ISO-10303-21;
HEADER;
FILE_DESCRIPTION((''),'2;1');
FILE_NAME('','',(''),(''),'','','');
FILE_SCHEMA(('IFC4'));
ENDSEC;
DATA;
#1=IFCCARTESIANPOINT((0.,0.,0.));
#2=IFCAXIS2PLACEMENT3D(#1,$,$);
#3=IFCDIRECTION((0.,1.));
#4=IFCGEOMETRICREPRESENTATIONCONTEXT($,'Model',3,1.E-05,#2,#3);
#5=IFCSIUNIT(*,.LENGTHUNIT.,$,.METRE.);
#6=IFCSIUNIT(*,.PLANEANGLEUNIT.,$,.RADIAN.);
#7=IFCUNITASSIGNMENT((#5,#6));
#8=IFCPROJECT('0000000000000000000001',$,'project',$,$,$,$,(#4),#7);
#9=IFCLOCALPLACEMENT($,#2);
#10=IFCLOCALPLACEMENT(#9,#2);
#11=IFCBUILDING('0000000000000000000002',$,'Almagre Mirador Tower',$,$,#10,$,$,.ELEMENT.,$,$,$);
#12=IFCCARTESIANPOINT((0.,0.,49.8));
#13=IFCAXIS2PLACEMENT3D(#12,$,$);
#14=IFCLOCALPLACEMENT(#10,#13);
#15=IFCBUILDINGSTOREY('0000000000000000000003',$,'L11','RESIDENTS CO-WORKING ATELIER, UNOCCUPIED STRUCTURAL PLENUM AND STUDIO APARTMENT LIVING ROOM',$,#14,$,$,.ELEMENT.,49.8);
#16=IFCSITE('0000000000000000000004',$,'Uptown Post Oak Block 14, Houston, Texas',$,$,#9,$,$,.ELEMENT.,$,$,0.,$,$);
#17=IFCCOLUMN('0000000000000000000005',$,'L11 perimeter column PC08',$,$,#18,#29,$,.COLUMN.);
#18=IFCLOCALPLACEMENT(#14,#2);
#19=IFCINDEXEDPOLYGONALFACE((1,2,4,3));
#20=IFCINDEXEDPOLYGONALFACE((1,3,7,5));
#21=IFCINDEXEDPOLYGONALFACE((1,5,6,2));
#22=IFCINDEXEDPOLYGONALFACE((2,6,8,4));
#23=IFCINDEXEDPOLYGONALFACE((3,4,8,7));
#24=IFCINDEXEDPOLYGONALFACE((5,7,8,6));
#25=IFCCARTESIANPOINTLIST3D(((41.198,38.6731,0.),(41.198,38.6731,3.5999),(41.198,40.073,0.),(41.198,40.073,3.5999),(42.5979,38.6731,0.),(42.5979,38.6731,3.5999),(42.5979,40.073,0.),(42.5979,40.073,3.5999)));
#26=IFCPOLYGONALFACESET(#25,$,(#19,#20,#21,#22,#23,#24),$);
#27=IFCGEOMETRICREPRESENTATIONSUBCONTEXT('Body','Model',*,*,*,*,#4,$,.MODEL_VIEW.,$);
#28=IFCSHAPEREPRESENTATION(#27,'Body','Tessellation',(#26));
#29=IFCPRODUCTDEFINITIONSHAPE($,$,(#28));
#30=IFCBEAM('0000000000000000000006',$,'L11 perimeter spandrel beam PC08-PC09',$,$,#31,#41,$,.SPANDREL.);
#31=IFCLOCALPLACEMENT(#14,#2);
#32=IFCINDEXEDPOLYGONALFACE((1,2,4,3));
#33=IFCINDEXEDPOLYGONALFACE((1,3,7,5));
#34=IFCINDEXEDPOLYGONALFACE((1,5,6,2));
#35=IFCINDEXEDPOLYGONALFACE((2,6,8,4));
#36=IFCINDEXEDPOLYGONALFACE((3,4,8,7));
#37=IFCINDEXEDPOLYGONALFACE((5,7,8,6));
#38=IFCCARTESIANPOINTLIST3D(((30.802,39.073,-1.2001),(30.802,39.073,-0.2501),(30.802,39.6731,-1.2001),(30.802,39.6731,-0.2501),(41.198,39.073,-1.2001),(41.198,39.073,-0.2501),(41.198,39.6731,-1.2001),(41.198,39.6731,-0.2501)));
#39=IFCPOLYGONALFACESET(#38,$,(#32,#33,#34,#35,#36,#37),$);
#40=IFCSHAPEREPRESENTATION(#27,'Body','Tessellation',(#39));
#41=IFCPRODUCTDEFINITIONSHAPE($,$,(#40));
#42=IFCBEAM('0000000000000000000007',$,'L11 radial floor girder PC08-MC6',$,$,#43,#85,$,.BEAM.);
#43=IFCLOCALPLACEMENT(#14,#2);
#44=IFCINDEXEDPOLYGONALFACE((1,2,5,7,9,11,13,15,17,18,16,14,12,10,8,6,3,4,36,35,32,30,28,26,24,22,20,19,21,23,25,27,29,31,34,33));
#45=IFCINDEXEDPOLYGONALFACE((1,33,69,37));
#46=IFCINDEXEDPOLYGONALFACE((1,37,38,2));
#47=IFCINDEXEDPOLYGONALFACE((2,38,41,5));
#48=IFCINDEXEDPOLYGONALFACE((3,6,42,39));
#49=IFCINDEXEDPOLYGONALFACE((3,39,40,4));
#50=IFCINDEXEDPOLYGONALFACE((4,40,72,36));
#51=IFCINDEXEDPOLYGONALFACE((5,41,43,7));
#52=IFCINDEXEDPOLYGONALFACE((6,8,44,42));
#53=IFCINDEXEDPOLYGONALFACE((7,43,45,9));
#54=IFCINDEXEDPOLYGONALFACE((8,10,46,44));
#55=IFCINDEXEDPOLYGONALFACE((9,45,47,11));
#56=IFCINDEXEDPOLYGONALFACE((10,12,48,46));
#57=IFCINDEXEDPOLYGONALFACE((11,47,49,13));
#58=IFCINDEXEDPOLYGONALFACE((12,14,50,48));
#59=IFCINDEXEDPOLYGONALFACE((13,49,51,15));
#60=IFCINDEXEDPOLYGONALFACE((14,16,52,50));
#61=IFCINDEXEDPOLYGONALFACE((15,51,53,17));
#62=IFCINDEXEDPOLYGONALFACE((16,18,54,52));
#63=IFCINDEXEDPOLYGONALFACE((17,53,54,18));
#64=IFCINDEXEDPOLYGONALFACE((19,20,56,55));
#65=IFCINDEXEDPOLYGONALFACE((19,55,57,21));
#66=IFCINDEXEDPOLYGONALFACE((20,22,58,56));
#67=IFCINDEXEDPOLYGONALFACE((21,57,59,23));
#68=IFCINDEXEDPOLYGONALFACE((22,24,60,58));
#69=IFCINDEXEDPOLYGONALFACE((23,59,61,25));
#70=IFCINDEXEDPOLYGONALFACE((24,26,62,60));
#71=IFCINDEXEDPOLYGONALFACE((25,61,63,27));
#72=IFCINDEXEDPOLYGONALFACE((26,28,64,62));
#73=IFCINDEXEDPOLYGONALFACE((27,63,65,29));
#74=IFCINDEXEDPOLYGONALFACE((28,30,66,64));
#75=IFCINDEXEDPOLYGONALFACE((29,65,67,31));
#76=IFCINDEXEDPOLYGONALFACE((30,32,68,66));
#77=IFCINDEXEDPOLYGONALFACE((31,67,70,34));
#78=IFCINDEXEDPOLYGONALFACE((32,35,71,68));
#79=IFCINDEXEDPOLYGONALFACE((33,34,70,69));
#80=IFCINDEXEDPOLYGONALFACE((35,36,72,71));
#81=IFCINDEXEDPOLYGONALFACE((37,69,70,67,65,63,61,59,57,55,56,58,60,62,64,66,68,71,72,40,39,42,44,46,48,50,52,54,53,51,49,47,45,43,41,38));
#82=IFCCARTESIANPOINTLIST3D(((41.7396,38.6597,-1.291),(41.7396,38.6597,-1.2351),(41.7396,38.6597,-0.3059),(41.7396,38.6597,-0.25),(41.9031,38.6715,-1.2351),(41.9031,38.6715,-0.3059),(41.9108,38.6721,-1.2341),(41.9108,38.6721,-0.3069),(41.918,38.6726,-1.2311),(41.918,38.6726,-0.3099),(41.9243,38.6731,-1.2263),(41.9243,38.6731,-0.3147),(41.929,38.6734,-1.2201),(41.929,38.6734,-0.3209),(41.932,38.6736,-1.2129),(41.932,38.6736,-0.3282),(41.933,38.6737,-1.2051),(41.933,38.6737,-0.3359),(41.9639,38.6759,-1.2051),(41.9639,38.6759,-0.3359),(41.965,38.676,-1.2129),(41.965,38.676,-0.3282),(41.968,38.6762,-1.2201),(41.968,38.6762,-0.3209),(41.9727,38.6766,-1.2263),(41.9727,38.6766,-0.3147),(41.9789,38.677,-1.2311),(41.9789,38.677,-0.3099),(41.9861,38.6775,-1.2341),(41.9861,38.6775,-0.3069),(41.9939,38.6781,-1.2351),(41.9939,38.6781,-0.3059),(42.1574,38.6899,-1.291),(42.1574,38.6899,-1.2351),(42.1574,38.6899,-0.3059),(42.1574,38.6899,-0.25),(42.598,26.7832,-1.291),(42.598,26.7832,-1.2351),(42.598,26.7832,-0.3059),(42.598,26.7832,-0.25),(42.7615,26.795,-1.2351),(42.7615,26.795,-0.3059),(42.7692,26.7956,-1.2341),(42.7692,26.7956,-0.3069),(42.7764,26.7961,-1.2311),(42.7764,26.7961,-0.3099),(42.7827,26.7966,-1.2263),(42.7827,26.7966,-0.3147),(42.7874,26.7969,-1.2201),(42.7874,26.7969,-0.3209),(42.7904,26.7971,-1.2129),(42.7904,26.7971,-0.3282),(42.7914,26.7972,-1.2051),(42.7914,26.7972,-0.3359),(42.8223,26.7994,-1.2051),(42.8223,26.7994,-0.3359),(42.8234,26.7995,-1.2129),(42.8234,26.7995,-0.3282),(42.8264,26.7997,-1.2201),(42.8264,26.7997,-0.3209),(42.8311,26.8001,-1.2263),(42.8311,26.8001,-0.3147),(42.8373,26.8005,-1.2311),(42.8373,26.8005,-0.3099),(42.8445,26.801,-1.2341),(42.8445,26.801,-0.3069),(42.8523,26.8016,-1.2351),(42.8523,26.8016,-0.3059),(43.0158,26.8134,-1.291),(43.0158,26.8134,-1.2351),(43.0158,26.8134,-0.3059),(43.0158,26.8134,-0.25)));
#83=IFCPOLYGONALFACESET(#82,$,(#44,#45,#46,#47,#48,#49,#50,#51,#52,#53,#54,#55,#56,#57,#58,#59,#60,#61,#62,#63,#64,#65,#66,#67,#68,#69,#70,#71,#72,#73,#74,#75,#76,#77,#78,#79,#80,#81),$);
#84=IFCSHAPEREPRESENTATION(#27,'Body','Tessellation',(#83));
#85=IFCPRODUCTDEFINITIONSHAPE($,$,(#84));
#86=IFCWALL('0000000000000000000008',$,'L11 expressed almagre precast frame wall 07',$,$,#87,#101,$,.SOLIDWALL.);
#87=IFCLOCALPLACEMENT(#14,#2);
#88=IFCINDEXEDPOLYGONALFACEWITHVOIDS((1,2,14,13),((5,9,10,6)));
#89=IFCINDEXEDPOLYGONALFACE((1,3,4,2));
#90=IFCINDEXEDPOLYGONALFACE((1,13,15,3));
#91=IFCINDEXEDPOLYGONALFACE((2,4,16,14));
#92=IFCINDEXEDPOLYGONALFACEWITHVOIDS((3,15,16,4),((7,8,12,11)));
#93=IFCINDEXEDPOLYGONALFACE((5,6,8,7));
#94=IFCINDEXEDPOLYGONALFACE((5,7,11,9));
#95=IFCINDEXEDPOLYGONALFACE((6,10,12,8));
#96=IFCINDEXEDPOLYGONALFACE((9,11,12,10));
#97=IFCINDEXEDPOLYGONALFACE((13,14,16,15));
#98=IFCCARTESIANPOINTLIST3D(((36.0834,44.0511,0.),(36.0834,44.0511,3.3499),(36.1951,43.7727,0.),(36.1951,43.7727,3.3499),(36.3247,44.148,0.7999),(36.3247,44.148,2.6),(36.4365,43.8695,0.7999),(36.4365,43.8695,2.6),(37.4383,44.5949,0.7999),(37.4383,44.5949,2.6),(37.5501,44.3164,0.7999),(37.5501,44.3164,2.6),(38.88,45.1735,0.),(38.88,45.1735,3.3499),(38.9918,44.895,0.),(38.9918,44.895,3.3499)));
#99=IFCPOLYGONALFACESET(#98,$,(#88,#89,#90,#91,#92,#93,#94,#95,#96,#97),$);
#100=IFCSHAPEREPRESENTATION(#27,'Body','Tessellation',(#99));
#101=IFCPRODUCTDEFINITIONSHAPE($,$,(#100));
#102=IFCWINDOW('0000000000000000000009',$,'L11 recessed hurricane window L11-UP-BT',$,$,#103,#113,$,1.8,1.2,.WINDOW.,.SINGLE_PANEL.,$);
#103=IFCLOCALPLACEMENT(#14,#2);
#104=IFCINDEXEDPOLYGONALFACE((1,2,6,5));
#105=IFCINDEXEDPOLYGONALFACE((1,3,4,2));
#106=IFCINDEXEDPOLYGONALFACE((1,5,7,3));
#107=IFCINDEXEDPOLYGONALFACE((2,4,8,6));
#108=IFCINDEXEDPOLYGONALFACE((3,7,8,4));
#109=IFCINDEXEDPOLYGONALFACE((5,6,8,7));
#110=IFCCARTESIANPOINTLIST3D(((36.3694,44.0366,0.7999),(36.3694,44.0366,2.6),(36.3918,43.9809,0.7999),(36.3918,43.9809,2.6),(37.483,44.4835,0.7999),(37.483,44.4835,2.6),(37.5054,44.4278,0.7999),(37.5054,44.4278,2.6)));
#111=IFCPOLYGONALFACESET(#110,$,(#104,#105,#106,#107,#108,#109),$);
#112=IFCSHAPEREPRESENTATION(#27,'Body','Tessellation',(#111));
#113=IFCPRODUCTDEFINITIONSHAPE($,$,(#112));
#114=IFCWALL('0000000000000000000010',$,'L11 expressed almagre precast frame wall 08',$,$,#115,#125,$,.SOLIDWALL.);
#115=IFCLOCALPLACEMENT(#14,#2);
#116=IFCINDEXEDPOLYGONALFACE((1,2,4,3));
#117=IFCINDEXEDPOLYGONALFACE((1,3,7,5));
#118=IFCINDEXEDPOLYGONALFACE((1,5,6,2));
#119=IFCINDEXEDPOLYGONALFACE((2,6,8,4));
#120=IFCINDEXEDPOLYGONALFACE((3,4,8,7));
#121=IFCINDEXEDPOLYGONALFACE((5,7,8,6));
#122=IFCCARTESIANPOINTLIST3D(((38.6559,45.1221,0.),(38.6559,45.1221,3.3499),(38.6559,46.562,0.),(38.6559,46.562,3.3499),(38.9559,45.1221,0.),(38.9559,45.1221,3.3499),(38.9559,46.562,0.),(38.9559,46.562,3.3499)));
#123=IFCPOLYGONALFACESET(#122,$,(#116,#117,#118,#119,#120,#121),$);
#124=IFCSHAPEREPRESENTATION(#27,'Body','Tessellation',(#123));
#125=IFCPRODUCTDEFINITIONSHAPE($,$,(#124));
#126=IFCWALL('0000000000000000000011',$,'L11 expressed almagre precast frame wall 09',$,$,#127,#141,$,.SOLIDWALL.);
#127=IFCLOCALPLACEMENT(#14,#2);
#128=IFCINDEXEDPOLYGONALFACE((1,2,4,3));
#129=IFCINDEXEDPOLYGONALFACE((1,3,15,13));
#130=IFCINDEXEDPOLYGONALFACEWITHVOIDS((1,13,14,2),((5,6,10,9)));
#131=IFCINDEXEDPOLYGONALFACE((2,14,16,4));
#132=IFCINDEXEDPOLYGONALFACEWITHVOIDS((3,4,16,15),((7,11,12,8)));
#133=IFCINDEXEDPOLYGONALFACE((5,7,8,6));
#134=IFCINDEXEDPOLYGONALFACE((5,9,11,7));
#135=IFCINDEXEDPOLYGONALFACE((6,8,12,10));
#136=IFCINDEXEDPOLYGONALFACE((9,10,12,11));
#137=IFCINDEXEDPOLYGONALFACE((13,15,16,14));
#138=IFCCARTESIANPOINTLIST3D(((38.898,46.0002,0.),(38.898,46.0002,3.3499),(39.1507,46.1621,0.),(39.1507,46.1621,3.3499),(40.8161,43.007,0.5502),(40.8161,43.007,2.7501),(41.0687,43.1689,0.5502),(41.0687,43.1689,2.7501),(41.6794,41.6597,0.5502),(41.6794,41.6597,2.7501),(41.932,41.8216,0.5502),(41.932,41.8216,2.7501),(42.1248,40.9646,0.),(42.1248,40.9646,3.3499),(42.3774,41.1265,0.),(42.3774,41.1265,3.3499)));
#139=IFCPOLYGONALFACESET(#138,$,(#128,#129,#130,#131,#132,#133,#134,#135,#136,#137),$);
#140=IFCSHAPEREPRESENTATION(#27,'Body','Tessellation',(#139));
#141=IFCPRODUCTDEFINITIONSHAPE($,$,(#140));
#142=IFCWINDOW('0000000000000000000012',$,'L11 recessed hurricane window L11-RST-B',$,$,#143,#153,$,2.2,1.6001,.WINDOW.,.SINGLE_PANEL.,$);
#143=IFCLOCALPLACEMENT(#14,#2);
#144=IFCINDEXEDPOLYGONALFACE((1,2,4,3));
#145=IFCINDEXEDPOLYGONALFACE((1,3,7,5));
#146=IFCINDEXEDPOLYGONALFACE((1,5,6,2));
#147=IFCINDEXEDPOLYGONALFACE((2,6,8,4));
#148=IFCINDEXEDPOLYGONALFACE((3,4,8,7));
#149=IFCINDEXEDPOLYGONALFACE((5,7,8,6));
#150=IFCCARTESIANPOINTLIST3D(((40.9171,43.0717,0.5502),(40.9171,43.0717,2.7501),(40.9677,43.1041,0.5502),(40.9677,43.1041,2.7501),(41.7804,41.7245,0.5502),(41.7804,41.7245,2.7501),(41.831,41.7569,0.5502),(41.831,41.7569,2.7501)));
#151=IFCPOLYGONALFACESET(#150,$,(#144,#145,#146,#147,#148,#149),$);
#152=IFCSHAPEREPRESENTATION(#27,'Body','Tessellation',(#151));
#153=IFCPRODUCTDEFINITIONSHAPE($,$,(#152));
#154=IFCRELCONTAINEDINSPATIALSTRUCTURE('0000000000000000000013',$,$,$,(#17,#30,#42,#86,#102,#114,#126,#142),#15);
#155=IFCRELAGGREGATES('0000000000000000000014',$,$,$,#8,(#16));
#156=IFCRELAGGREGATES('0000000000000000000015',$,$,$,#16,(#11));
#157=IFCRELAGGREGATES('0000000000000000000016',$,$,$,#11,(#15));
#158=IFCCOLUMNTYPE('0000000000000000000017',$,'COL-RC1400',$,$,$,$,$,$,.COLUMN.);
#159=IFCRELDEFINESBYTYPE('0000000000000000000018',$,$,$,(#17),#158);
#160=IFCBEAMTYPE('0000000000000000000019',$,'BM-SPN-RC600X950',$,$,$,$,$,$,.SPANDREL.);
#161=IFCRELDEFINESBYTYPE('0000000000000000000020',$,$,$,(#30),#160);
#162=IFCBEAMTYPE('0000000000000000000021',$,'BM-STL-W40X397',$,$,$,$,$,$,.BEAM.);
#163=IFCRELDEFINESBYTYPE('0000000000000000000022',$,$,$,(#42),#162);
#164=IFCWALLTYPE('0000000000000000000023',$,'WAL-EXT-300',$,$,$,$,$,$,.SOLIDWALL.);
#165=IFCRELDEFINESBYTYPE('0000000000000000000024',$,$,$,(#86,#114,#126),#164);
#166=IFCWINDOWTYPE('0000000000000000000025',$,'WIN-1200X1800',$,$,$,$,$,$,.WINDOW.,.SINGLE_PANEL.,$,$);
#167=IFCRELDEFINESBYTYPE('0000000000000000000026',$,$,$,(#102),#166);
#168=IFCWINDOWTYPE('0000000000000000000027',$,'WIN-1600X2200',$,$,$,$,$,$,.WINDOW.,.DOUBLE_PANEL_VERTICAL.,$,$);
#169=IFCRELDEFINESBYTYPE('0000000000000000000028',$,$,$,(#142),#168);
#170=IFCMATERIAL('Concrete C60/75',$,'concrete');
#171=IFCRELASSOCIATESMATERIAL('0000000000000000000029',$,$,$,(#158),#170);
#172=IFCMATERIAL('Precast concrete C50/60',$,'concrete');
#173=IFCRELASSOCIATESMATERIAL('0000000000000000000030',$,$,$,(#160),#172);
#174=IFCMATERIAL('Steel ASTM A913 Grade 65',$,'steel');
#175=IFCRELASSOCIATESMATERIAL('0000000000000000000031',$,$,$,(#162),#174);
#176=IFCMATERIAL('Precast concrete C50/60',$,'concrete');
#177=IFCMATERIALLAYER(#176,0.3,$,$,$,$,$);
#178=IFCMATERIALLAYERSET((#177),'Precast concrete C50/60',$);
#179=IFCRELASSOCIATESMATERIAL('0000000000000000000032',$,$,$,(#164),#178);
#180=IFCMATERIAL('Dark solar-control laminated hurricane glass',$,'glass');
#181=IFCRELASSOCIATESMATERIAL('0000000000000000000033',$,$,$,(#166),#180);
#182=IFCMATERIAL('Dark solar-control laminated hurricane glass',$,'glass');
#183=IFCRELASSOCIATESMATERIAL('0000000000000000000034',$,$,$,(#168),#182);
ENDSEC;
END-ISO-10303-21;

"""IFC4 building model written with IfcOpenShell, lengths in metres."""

from ifc_helpers import new_model, si_unit, direction, frame, frame_2d, origin, origin_2d, place, context, subcontext, project, spatial, rectangle, i_section, extrude, material, layer, layer_set, material_profile, profile_set, type_object, element, fill, save


model = new_model("IFC4")

# Units and contexts
model_context = context("Model", 3, precision=1e-05, world=origin(), true_north=direction((0.0, 1.0)))
body_context = subcontext(model_context, "Body", "Model", "MODEL_VIEW")
ifc_project = project(units=[si_unit("LENGTHUNIT", "METRE"), si_unit("PLANEANGLEUNIT", "RADIAN")], contexts=[model_context])

# Site, building, storey
site_placement = place(None, origin())
site = spatial("IfcSite", under=ifc_project, at=site_placement, Name="Uptown Post Oak Block 14, Houston, Texas", CompositionType="ELEMENT", RefElevation=0.0)
building_placement = place(site_placement, origin())
building = spatial("IfcBuilding", under=site, at=building_placement, Name="Almagre Mirador Tower", CompositionType="ELEMENT")
storey_placement = place(building_placement, frame((0.0, 0.0, 49.8)))
storey = spatial("IfcBuildingStorey", under=building, at=storey_placement, Name="L11", Description="RESIDENTS CO-WORKING ATELIER, UNOCCUPIED STRUCTURAL PLENUM AND STUDIO APARTMENT LIVING ROOM", CompositionType="ELEMENT", Elevation=49.8)

# Column
ifc_material_1 = material(Name="Concrete C60/75", Category="concrete")
ifc_material_profile_1 = material_profile(ifc_material_1, rectangle(XDim=1.3999, YDim=1.3999, at=origin_2d()), Name="RC1400X1400")
ifc_profile_set_1 = profile_set([ifc_material_profile_1], Name="Concrete C60/75")
column_type = type_object("IfcColumnType", Name="COL-RC1400", PredefinedType="COLUMN", material=ifc_profile_set_1)
column_placement = place(storey_placement, frame((41.8979, 39.373, 0.0), z_axis=(0.0, 0.0, 1.0), x_axis=(1.0, 0.0, 0.0)))
element("IfcColumn", 1, at=column_placement, inside=storey, type_object=column_type, Name="L11 perimeter column PC08", PredefinedType="COLUMN", context=body_context, shape_type="SweptSolid", body=[
    extrude(rectangle(XDim=1.3999, YDim=1.3999, at=origin_2d()), origin(), (0.0, 0.0, 1.0), 3.5999),
])

# Beams
ifc_material_2 = material(Name="Precast concrete C50/60", Category="concrete")
ifc_material_profile_2 = material_profile(ifc_material_2, rectangle(XDim=0.6001, YDim=0.95, at=origin_2d()), Name="RC600X950")
ifc_profile_set_2 = profile_set([ifc_material_profile_2], Name="Precast concrete C50/60")
beam_type_1 = type_object("IfcBeamType", Name="BM-SPN-RC600X950", PredefinedType="SPANDREL", material=ifc_profile_set_2)
beam_1_placement = place(storey_placement, frame((41.198, 39.373, -0.7251), z_axis=(-1.0, 0.0, 0.0), x_axis=(0.0, -1.0, 0.0)))
element("IfcBeam", 2, at=beam_1_placement, inside=storey, type_object=beam_type_1, Name="L11 perimeter spandrel beam PC08-PC09", PredefinedType="SPANDREL", context=body_context, shape_type="SweptSolid", body=[
    extrude(rectangle(XDim=0.6001, YDim=0.95, at=origin_2d()), origin(), (0.0, 0.0, 1.0), 10.396),
])
ifc_material_3 = material(Name="Steel ASTM A913 Grade 65", Category="steel")
ifc_material_profile_3 = material_profile(ifc_material_3, i_section(OverallWidth=0.4189, OverallDepth=1.041, WebThickness=0.031, FlangeThickness=0.0559, FilletRadius=0.03, at=origin_2d()), Name="W40X397")
ifc_profile_set_3 = profile_set([ifc_material_profile_3], Name="Steel ASTM A913 Grade 65")
beam_type_2 = type_object("IfcBeamType", Name="BM-STL-W40X397", PredefinedType="BEAM", material=ifc_profile_set_3)
beam_2_placement = place(storey_placement, frame((41.9485, 38.6748, -0.7705), z_axis=(0.072089, -0.997398, 0.0), x_axis=(0.997398, 0.072089, 0.0)))
element("IfcBeam", 3, at=beam_2_placement, inside=storey, type_object=beam_type_2, Name="L11 radial floor girder PC08-MC6", PredefinedType="BEAM", context=body_context, shape_type="SweptSolid", body=[
    extrude(i_section(OverallWidth=0.4189, OverallDepth=1.041, WebThickness=0.031, FlangeThickness=0.0559, FilletRadius=0.03, at=origin_2d()), origin(), (0.0, 0.0, 1.0), 11.9075),
])

# Wall, opening, window
ifc_material_4 = material(Name="Precast concrete C50/60", Category="concrete")
ifc_layer_1 = layer(ifc_material_4, 0.3)
ifc_layer_set_1 = layer_set([ifc_layer_1], Name="Precast concrete C50/60")
wall_type_1 = type_object("IfcWallType", Name="WAL-EXT-300", PredefinedType="SOLIDWALL", material=ifc_layer_set_1)
wall_1_placement = place(storey_placement, frame((36.1392, 43.9119, 0.0), z_axis=(0.0, 0.0, 1.0), x_axis=(0.928057, 0.372438, 0.0)))
wall_1 = element("IfcWall", 4, at=wall_1_placement, inside=storey, type_object=wall_type_1, Name="L11 expressed almagre precast frame wall 07", PredefinedType="SOLIDWALL", context=body_context, shape_type="SweptSolid", body=[
    extrude(rectangle(XDim=3.0134, YDim=0.3, at=frame_2d((1.5068, 0.0))), origin(), (0.0, 0.0, 1.0), 3.3499),
])
opening_1_placement = place(wall_1_placement, frame((0.26, 0.0, 0.8)))
opening_1 = element("IfcOpeningElement", 5, at=opening_1_placement, cuts=wall_1, PredefinedType="OPENING", context=body_context, shape_type="SweptSolid", body=[
    extrude(rectangle(XDim=1.2, YDim=1.8, at=frame_2d((0.6001, 0.8999))), frame((0.0, 0.1599, 0.0), z_axis=(0.0, -1.0, 0.0), x_axis=(1.0, 0.0, 0.0)), (0.0, 0.0, 1.0), 0.32),
])
ifc_material_5 = material(Name="Dark solar-control laminated hurricane glass", Category="glass")
window_type_1 = type_object("IfcWindowType", Name="WIN-1200X1800", PartitioningType="SINGLE_PANEL", PredefinedType="WINDOW", material=ifc_material_5)
window_1_placement = place(opening_1_placement, origin())
window_1 = element("IfcWindow", 6, at=window_1_placement, inside=storey, type_object=window_type_1, Name="L11 recessed hurricane window L11-UP-BT", OverallHeight=1.8, OverallWidth=1.2, PartitioningType="SINGLE_PANEL", PredefinedType="WINDOW", context=body_context, shape_type="SweptSolid", body=[
    extrude(rectangle(XDim=1.2, YDim=1.8, at=frame_2d((0.6001, 0.8999))), frame((0.0, 0.03, 0.0), z_axis=(0.0, -1.0, 0.0), x_axis=(1.0, 0.0, 0.0)), (0.0, 0.0, 1.0), 0.0601),
])
fill(opening_1, window_1)

# Wall
wall_2_placement = place(storey_placement, frame((38.8059, 45.1221, 0.0), z_axis=(0.0, 0.0, 1.0), x_axis=(0.0, 1.0, 0.0)))
element("IfcWall", 7, at=wall_2_placement, inside=storey, type_object=wall_type_1, Name="L11 expressed almagre precast frame wall 08", PredefinedType="SOLIDWALL", context=body_context, shape_type="SweptSolid", body=[
    extrude(rectangle(XDim=1.4399, YDim=0.3, at=frame_2d((0.72, 0.0))), origin(), (0.0, 0.0, 1.0), 3.3499),
])

# Wall, opening, window
wall_3_placement = place(storey_placement, frame((39.0244, 46.0811, 0.0), z_axis=(0.0, 0.0, 1.0), x_axis=(0.539527, -0.841968, 0.0)))
wall_3 = element("IfcWall", 8, at=wall_3_placement, inside=storey, type_object=wall_type_1, Name="L11 expressed almagre precast frame wall 09", PredefinedType="SOLIDWALL", context=body_context, shape_type="SweptSolid", body=[
    extrude(rectangle(XDim=5.9807, YDim=0.3, at=frame_2d((2.9902, 0.0))), origin(), (0.0, 0.0, 1.0), 3.3499),
])
opening_2_placement = place(wall_3_placement, frame((3.5549, 0.0, 0.55)))
opening_2 = element("IfcOpeningElement", 9, at=opening_2_placement, cuts=wall_3, PredefinedType="OPENING", context=body_context, shape_type="SweptSolid", body=[
    extrude(rectangle(XDim=1.6001, YDim=2.2, at=frame_2d((0.8, 1.1001))), frame((0.0, 0.1599, 0.0), z_axis=(0.0, -1.0, 0.0), x_axis=(1.0, 0.0, 0.0)), (0.0, 0.0, 1.0), 0.32),
])
ifc_material_6 = material(Name="Dark solar-control laminated hurricane glass", Category="glass")
window_type_2 = type_object("IfcWindowType", Name="WIN-1600X2200", PartitioningType="DOUBLE_PANEL_VERTICAL", PredefinedType="WINDOW", material=ifc_material_6)
window_2_placement = place(opening_2_placement, origin())
window_2 = element("IfcWindow", 10, at=window_2_placement, inside=storey, type_object=window_type_2, Name="L11 recessed hurricane window L11-RST-B", OverallHeight=2.2, OverallWidth=1.6001, PartitioningType="SINGLE_PANEL", PredefinedType="WINDOW", context=body_context, shape_type="SweptSolid", body=[
    extrude(rectangle(XDim=1.6001, YDim=2.2, at=frame_2d((0.8, 1.1001))), frame((0.0, 0.03, 0.0), z_axis=(0.0, -1.0, 0.0), x_axis=(1.0, 0.0, 0.0)), (0.0, 0.0, 1.0), 0.0601),
])
fill(opening_2, window_2)

save(model, "model.ifc")
